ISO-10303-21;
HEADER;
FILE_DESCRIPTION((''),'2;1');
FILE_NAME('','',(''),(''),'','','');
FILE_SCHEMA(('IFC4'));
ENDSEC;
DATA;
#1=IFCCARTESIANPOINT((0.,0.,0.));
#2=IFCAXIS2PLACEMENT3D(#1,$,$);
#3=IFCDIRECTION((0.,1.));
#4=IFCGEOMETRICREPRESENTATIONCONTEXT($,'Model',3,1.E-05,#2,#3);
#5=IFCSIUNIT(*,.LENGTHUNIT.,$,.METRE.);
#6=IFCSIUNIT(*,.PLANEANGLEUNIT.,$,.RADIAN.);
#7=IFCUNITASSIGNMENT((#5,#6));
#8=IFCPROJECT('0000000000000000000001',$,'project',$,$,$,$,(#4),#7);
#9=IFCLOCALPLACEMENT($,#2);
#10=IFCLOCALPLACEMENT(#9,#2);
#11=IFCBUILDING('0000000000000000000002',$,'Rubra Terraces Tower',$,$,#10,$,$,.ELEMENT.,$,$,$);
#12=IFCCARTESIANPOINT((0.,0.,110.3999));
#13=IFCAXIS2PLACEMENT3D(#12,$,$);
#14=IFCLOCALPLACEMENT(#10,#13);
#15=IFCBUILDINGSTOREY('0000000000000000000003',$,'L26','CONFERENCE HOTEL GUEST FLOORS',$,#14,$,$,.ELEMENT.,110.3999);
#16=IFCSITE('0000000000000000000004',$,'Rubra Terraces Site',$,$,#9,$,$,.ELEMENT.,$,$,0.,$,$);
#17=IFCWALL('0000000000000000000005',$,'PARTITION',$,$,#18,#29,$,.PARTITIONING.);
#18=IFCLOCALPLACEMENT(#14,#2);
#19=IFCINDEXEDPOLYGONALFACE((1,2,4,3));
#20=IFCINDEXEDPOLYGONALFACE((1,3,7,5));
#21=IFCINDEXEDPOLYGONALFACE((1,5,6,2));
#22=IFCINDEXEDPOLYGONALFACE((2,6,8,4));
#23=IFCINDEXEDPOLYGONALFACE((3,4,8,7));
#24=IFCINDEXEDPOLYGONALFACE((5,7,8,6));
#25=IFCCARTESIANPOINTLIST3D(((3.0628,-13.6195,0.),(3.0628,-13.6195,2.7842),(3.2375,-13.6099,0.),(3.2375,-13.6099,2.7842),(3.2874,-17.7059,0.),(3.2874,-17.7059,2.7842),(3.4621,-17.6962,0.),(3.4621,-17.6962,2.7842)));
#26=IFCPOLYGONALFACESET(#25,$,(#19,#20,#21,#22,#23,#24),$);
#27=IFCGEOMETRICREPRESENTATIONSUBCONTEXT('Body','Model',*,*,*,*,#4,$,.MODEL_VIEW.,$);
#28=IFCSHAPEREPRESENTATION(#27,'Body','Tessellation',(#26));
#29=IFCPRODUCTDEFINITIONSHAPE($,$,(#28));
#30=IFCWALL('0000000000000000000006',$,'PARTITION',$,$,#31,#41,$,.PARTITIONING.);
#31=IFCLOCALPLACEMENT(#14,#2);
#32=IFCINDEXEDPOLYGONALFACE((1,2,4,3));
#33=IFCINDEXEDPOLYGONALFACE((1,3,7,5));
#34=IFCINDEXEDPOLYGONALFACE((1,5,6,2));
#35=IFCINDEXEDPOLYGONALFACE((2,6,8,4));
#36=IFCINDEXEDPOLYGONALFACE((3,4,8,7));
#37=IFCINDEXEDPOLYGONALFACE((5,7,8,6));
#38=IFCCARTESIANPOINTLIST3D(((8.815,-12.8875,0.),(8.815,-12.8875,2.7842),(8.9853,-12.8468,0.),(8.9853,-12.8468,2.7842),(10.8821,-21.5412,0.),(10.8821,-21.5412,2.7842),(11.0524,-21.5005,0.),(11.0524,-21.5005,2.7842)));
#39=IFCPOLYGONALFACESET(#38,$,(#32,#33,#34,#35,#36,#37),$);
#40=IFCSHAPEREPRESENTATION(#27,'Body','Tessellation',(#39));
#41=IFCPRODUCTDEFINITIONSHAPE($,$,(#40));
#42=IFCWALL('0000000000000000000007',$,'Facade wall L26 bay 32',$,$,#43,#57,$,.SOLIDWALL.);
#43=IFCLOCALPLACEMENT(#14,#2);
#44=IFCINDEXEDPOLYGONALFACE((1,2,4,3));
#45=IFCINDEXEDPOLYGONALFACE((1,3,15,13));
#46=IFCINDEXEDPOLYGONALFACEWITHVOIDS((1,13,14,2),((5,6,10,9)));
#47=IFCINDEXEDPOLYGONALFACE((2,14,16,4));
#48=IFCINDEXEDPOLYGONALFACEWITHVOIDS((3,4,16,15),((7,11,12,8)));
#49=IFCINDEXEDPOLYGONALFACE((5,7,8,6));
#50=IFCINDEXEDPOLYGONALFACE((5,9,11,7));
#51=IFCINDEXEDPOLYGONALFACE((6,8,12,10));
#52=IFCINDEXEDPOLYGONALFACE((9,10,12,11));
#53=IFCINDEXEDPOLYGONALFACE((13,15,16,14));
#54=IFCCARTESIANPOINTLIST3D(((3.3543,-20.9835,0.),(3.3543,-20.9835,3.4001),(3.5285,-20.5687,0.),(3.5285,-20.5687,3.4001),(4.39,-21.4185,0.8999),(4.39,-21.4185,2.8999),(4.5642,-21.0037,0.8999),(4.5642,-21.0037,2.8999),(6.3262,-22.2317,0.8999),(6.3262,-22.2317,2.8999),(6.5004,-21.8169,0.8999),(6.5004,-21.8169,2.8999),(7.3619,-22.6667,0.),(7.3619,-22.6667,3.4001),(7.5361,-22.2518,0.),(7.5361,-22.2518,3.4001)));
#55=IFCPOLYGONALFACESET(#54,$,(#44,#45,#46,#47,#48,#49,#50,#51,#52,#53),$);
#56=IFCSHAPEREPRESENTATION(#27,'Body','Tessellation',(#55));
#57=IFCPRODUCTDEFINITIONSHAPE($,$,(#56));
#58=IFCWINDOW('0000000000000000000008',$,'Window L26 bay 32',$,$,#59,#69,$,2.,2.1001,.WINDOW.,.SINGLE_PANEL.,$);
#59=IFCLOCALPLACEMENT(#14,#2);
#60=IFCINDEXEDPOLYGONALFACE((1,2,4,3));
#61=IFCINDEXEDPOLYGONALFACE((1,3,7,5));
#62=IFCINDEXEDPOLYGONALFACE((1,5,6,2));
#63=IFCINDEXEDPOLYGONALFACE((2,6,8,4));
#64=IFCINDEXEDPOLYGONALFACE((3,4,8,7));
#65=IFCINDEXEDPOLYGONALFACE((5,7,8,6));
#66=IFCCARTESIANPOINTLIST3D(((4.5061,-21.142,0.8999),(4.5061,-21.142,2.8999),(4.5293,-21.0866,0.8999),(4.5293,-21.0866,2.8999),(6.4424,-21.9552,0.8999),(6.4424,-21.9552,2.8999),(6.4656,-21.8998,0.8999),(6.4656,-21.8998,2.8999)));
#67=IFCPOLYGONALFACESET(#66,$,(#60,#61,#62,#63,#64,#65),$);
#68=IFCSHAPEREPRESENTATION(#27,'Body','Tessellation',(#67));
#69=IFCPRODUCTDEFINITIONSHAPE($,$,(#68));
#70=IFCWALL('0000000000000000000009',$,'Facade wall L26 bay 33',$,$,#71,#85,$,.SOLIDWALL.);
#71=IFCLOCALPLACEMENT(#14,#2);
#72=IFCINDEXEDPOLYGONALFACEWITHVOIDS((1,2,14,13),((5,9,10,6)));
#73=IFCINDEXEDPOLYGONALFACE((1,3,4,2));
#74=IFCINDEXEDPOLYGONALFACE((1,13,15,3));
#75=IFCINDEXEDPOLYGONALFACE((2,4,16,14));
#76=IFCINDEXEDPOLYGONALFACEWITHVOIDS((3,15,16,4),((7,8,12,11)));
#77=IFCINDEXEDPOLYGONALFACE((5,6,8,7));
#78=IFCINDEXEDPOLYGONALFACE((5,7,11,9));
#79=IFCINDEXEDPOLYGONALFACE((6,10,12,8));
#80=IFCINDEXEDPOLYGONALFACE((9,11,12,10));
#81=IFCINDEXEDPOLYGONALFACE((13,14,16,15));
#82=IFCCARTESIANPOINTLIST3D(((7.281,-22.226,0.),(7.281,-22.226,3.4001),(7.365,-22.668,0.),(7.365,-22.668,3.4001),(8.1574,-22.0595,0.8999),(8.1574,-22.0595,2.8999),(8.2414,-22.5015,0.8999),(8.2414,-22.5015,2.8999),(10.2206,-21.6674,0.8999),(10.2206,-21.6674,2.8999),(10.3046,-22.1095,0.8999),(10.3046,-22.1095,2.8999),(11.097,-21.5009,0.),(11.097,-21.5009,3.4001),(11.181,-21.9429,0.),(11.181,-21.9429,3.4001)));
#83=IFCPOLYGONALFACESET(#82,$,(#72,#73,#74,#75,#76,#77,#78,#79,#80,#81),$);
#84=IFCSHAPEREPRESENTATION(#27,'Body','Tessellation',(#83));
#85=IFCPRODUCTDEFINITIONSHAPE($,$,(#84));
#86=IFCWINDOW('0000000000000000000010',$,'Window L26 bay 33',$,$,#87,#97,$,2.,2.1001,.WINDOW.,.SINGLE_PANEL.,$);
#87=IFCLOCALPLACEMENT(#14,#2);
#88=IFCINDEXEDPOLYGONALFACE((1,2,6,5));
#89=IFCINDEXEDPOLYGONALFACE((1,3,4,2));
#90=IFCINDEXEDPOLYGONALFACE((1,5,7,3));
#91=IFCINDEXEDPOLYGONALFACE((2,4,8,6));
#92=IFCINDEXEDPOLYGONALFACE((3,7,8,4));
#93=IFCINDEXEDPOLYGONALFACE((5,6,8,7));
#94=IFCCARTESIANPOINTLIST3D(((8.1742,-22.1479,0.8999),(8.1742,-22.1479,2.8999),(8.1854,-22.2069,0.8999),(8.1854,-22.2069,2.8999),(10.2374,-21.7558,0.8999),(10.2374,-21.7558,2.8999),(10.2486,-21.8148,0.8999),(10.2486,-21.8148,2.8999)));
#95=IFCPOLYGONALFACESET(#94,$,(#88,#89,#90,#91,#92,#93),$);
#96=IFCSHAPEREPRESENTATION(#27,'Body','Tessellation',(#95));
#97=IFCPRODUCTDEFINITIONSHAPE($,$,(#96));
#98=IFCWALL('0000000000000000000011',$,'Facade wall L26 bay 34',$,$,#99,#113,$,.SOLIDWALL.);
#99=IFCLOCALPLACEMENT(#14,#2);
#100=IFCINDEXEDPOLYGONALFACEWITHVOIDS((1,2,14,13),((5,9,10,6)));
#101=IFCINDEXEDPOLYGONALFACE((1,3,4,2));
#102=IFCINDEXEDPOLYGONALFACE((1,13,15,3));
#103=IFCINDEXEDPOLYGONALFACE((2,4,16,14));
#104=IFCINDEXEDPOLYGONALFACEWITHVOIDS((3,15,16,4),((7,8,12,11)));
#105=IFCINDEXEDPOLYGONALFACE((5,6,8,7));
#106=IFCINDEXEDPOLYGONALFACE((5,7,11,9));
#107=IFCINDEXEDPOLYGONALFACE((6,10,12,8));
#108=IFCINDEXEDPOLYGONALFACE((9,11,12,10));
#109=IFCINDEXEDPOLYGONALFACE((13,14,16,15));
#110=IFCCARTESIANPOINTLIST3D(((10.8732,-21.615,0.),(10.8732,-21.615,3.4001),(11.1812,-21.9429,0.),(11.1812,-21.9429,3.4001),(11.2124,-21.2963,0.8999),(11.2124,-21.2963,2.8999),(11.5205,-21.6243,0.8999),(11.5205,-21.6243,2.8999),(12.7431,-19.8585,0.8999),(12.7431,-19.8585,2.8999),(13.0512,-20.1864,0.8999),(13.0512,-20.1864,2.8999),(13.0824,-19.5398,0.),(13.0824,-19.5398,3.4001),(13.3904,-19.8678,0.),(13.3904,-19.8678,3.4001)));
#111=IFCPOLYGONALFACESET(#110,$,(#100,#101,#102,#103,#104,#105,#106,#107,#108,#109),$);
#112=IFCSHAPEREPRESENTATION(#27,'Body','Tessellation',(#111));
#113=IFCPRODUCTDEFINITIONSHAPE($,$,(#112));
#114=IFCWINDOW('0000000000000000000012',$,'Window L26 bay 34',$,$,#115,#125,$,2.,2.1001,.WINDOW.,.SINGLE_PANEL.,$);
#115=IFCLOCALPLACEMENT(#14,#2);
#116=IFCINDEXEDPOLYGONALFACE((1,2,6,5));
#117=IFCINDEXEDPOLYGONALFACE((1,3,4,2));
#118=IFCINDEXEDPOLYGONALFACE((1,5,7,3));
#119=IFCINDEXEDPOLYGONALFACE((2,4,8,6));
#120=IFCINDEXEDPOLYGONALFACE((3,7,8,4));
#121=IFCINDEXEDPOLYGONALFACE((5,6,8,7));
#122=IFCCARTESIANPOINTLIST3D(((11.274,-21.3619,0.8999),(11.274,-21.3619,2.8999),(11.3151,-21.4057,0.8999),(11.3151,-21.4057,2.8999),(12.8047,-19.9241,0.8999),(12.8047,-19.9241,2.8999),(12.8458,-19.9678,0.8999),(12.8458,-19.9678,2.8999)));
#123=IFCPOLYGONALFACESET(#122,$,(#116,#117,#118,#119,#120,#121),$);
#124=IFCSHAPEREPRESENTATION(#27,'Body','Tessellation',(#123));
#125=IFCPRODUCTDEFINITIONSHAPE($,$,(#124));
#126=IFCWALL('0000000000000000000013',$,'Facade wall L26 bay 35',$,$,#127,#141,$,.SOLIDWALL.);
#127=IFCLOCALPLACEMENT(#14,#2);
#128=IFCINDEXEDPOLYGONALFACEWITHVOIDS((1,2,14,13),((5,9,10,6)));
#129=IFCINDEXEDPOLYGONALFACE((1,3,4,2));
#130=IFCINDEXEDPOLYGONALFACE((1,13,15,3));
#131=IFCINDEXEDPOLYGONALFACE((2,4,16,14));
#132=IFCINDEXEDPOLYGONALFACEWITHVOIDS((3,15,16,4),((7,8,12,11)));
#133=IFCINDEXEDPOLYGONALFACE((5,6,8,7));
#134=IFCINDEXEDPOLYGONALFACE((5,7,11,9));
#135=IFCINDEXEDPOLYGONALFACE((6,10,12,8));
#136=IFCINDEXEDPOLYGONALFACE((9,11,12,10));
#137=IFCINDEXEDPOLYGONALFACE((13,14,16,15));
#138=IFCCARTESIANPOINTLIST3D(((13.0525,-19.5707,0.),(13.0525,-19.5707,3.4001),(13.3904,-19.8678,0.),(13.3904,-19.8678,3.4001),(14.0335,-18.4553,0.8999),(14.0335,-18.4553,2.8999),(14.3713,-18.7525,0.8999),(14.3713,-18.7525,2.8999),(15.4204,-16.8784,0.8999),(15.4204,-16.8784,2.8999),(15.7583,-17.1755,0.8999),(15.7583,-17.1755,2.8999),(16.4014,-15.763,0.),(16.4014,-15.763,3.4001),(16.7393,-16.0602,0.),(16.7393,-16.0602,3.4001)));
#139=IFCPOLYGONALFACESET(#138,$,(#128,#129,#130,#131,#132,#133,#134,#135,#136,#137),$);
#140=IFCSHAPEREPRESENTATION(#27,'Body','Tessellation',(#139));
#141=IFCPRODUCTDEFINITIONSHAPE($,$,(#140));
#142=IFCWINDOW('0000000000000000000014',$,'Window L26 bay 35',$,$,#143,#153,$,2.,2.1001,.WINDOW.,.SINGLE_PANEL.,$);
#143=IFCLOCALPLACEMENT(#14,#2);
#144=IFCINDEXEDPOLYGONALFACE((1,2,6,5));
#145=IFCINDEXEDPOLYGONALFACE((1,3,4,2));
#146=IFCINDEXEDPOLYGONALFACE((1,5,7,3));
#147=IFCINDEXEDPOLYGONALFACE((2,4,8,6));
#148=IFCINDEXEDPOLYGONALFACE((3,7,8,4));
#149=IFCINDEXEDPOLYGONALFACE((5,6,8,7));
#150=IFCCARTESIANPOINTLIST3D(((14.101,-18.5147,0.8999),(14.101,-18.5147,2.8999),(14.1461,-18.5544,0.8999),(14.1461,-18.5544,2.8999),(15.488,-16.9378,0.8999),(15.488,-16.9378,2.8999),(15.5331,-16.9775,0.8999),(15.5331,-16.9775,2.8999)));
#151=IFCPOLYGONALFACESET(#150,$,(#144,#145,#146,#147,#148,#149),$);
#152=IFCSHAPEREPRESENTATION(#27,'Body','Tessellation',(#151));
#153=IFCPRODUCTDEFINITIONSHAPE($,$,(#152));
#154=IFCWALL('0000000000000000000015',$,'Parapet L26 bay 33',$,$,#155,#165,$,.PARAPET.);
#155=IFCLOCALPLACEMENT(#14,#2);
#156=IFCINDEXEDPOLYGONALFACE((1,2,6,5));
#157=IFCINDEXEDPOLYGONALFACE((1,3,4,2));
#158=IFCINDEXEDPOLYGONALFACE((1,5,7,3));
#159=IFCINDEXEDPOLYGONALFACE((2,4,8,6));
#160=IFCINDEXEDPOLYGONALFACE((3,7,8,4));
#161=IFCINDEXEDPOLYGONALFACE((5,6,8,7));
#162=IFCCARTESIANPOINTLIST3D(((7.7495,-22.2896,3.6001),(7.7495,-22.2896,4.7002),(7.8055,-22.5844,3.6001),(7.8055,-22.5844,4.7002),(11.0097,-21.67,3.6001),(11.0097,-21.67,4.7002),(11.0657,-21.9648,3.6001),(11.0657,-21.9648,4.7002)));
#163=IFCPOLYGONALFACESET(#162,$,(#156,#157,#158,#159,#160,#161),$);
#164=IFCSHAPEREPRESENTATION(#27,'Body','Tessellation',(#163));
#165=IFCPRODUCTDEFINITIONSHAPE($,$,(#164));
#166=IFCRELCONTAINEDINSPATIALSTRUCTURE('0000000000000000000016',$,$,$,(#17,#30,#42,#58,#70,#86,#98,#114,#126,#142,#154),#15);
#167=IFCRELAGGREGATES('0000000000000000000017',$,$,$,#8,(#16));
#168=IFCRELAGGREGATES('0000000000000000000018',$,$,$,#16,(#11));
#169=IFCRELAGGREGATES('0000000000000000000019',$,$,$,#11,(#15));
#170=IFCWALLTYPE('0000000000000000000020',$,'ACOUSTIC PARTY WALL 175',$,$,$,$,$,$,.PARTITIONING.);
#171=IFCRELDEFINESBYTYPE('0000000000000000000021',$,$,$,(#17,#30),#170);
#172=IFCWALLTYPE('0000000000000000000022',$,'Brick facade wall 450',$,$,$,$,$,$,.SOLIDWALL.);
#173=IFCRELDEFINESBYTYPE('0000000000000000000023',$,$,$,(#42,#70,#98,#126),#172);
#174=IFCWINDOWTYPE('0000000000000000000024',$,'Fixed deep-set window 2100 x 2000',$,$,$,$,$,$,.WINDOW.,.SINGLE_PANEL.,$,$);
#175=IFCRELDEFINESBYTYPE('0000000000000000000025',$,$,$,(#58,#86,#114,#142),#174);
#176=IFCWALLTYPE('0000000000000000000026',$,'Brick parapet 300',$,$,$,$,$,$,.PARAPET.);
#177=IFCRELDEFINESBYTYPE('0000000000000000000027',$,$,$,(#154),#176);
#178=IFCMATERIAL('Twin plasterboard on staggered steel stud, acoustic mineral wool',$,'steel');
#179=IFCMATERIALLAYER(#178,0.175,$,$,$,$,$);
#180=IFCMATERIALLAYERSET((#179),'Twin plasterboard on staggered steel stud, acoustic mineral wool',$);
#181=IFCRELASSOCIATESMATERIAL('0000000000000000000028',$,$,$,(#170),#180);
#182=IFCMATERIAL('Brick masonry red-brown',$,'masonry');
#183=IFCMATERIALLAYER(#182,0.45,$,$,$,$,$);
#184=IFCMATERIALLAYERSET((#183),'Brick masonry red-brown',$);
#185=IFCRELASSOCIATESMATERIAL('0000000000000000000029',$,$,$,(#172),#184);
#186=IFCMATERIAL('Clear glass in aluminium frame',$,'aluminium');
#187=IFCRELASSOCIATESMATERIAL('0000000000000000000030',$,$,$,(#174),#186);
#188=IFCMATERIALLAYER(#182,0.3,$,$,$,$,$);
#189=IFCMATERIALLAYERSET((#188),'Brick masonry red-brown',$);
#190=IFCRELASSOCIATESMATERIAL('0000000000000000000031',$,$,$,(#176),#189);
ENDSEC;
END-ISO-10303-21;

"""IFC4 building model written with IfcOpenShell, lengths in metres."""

from ifc_helpers import new_model, si_unit, direction, frame, frame_2d, origin, place, context, subcontext, project, spatial, rectangle, extrude, material, layer, layer_set, type_object, element, fill, save


model = new_model("IFC4")

# Units and contexts
model_context = context("Model", 3, precision=1e-05, world=origin(), true_north=direction((0.0, 1.0)))
body_context = subcontext(model_context, "Body", "Model", "MODEL_VIEW")
ifc_project = project(units=[si_unit("LENGTHUNIT", "METRE"), si_unit("PLANEANGLEUNIT", "RADIAN")], contexts=[model_context])

# Site, building, storey
site_placement = place(None, origin())
site = spatial("IfcSite", under=ifc_project, at=site_placement, Name="Rubra Terraces Site", CompositionType="ELEMENT", RefElevation=0.0)
building_placement = place(site_placement, origin())
building = spatial("IfcBuilding", under=site, at=building_placement, Name="Rubra Terraces Tower", CompositionType="ELEMENT")
storey_placement = place(building_placement, frame((0.0, 0.0, 110.3999)))
storey = spatial("IfcBuildingStorey", under=building, at=storey_placement, Name="L26", Description="CONFERENCE HOTEL GUEST FLOORS", CompositionType="ELEMENT", Elevation=110.3999)

# Walls
ifc_material_1 = material(Name="Twin plasterboard on staggered steel stud, acoustic mineral wool", Category="steel")
ifc_layer_1 = layer(ifc_material_1, 0.175)
ifc_layer_set_1 = layer_set([ifc_layer_1], Name="Twin plasterboard on staggered steel stud, acoustic mineral wool")
wall_type_1 = type_object("IfcWallType", Name="ACOUSTIC PARTY WALL 175", PredefinedType="PARTITIONING", material=ifc_layer_set_1)
wall_1_placement = place(storey_placement, frame((3.3748, -17.7012, 0.0), z_axis=(0.0, 0.0, 1.0), x_axis=(-0.054882, 0.998493, 0.0)))
element("IfcWall", 1, at=wall_1_placement, inside=storey, type_object=wall_type_1, Name="PARTITION", PredefinedType="PARTITIONING", context=body_context, shape_type="SweptSolid", body=[
    extrude(rectangle(XDim=4.0925, YDim=0.175, at=frame_2d((2.0464, 0.0))), origin(), (0.0, 0.0, 1.0), 2.7842),
])
wall_2_placement = place(storey_placement, frame((10.9673, -21.521, 0.0), z_axis=(0.0, 0.0, 1.0), x_axis=(-0.232334, 0.972636, 0.0)))
element("IfcWall", 2, at=wall_2_placement, inside=storey, type_object=wall_type_1, Name="PARTITION", PredefinedType="PARTITIONING", context=body_context, shape_type="SweptSolid", body=[
    extrude(rectangle(XDim=8.8972, YDim=0.175, at=frame_2d((4.4487, 0.0))), origin(), (0.0, 0.0, 1.0), 2.7842),
])

# Walls, openings, windows
ifc_material_2 = material(Name="Brick masonry red-brown", Category="masonry")
ifc_layer_2 = layer(ifc_material_2, 0.45)
ifc_layer_set_2 = layer_set([ifc_layer_2], Name="Brick masonry red-brown")
wall_type_2 = type_object("IfcWallType", Name="Brick facade wall 450", PredefinedType="SOLIDWALL", material=ifc_layer_set_2)
wall_3_placement = place(storey_placement, frame((3.4414, -20.7761, 0.0), z_axis=(0.0, 0.0, 1.0), x_axis=(0.921988, -0.387218, 0.0)))
wall_3 = element("IfcWall", 3, at=wall_3_placement, inside=storey, type_object=wall_type_2, Name="Facade wall L26 bay 32", PredefinedType="SOLIDWALL", context=body_context, shape_type="SweptSolid", body=[
    extrude(rectangle(XDim=4.3467, YDim=0.45, at=frame_2d((2.1733, 0.0))), origin(), (0.0, 0.0, 1.0), 3.4001),
])
opening_1_placement = place(wall_3_placement, frame((1.1233, 0.0, 0.8999)))
opening_1 = element("IfcOpeningElement", 4, at=opening_1_placement, cuts=wall_3, PredefinedType="OPENING", context=body_context, shape_type="SweptSolid", body=[
    extrude(rectangle(XDim=2.1001, YDim=2.0, at=frame_2d((1.05, 1.0))), frame((0.0, 0.2349, 0.0), z_axis=(0.0, -1.0, 0.0), x_axis=(1.0, 0.0, 0.0)), (0.0, 0.0, 1.0), 0.47),
])
ifc_material_3 = material(Name="Clear glass in aluminium frame", Category="aluminium")
window_type = type_object("IfcWindowType", Name="Fixed deep-set window 2100 x 2000", PartitioningType="SINGLE_PANEL", PredefinedType="WINDOW", material=ifc_material_3)
window_1_placement = place(opening_1_placement, origin())
window_1 = element("IfcWindow", 5, at=window_1_placement, inside=storey, type_object=window_type, Name="Window L26 bay 32", OverallHeight=2.0, OverallWidth=2.1001, PartitioningType="SINGLE_PANEL", PredefinedType="WINDOW", context=body_context, shape_type="SweptSolid", body=[
    extrude(rectangle(XDim=2.1001, YDim=2.0, at=frame_2d((1.05, 1.0))), frame((0.0, 0.135, 0.0), z_axis=(0.0, -1.0, 0.0), x_axis=(1.0, 0.0, 0.0)), (0.0, 0.0, 1.0), 0.0601),
])
fill(opening_1, window_1)
wall_4_placement = place(storey_placement, frame((7.323, -22.447, 0.0), z_axis=(0.0, 0.0, 1.0), x_axis=(0.982421, 0.186679, 0.0)))
wall_4 = element("IfcWall", 6, at=wall_4_placement, inside=storey, type_object=wall_type_2, Name="Facade wall L26 bay 33", PredefinedType="SOLIDWALL", context=body_context, shape_type="SweptSolid", body=[
    extrude(rectangle(XDim=3.8843, YDim=0.45, at=frame_2d((1.9421, 0.0))), origin(), (0.0, 0.0, 1.0), 3.4001),
])
opening_2_placement = place(wall_4_placement, frame((0.8921, 0.0, 0.8999)))
opening_2 = element("IfcOpeningElement", 7, at=opening_2_placement, cuts=wall_4, PredefinedType="OPENING", context=body_context, shape_type="SweptSolid", body=[
    extrude(rectangle(XDim=2.1001, YDim=2.0, at=frame_2d((1.05, 1.0))), frame((0.0, 0.2349, 0.0), z_axis=(0.0, -1.0, 0.0), x_axis=(1.0, 0.0, 0.0)), (0.0, 0.0, 1.0), 0.47),
])
window_2_placement = place(opening_2_placement, origin())
window_2 = element("IfcWindow", 8, at=window_2_placement, inside=storey, type_object=window_type, Name="Window L26 bay 33", OverallHeight=2.0, OverallWidth=2.1001, PartitioningType="SINGLE_PANEL", PredefinedType="WINDOW", context=body_context, shape_type="SweptSolid", body=[
    extrude(rectangle(XDim=2.1001, YDim=2.0, at=frame_2d((1.05, 1.0))), frame((0.0, 0.135, 0.0), z_axis=(0.0, -1.0, 0.0), x_axis=(1.0, 0.0, 0.0)), (0.0, 0.0, 1.0), 0.0601),
])
fill(opening_2, window_2)
wall_5_placement = place(storey_placement, frame((11.0271, -21.7791, 0.0), z_axis=(0.0, 0.0, 1.0), x_axis=(0.728871, 0.684651, 0.0)))
wall_5 = element("IfcWall", 9, at=wall_5_placement, inside=storey, type_object=wall_type_2, Name="Facade wall L26 bay 34", PredefinedType="SOLIDWALL", context=body_context, shape_type="SweptSolid", body=[
    extrude(rectangle(XDim=3.031, YDim=0.45, at=frame_2d((1.5156, 0.0))), origin(), (0.0, 0.0, 1.0), 3.4001),
])
opening_3_placement = place(wall_5_placement, frame((0.4656, 0.0, 0.8999)))
opening_3 = element("IfcOpeningElement", 10, at=opening_3_placement, cuts=wall_5, PredefinedType="OPENING", context=body_context, shape_type="SweptSolid", body=[
    extrude(rectangle(XDim=2.1001, YDim=2.0, at=frame_2d((1.05, 1.0))), frame((0.0, 0.2349, 0.0), z_axis=(0.0, -1.0, 0.0), x_axis=(1.0, 0.0, 0.0)), (0.0, 0.0, 1.0), 0.47),
])
window_3_placement = place(opening_3_placement, origin())
window_3 = element("IfcWindow", 11, at=window_3_placement, inside=storey, type_object=window_type, Name="Window L26 bay 34", OverallHeight=2.0, OverallWidth=2.1001, PartitioningType="SINGLE_PANEL", PredefinedType="WINDOW", context=body_context, shape_type="SweptSolid", body=[
    extrude(rectangle(XDim=2.1001, YDim=2.0, at=frame_2d((1.05, 1.0))), frame((0.0, 0.135, 0.0), z_axis=(0.0, -1.0, 0.0), x_axis=(1.0, 0.0, 0.0)), (0.0, 0.0, 1.0), 0.0601),
])
fill(opening_3, window_3)
wall_6_placement = place(storey_placement, frame((13.2214, -19.7192, 0.0), z_axis=(0.0, 0.0, 1.0), x_axis=(0.660425, 0.750892, 0.0)))
wall_6 = element("IfcWall", 12, at=wall_6_placement, inside=storey, type_object=wall_type_2, Name="Facade wall L26 bay 35", PredefinedType="SOLIDWALL", context=body_context, shape_type="SweptSolid", body=[
    extrude(rectangle(XDim=5.0708, YDim=0.45, at=frame_2d((2.5354, 0.0))), origin(), (0.0, 0.0, 1.0), 3.4001),
])
opening_4_placement = place(wall_6_placement, frame((1.4854, 0.0, 0.8999)))
opening_4 = element("IfcOpeningElement", 13, at=opening_4_placement, cuts=wall_6, PredefinedType="OPENING", context=body_context, shape_type="SweptSolid", body=[
    extrude(rectangle(XDim=2.1001, YDim=2.0, at=frame_2d((1.05, 1.0))), frame((0.0, 0.2349, 0.0), z_axis=(0.0, -1.0, 0.0), x_axis=(1.0, 0.0, 0.0)), (0.0, 0.0, 1.0), 0.47),
])
window_4_placement = place(opening_4_placement, origin())
window_4 = element("IfcWindow", 14, at=window_4_placement, inside=storey, type_object=window_type, Name="Window L26 bay 35", OverallHeight=2.0, OverallWidth=2.1001, PartitioningType="SINGLE_PANEL", PredefinedType="WINDOW", context=body_context, shape_type="SweptSolid", body=[
    extrude(rectangle(XDim=2.1001, YDim=2.0, at=frame_2d((1.05, 1.0))), frame((0.0, 0.135, 0.0), z_axis=(0.0, -1.0, 0.0), x_axis=(1.0, 0.0, 0.0)), (0.0, 0.0, 1.0), 0.0601),
])
fill(opening_4, window_4)

# Wall
ifc_layer_3 = layer(ifc_material_2, 0.3)
ifc_layer_set_3 = layer_set([ifc_layer_3], Name="Brick masonry red-brown")
wall_type_3 = type_object("IfcWallType", Name="Brick parapet 300", PredefinedType="PARAPET", material=ifc_layer_set_3)
wall_7_placement = place(storey_placement, frame((7.7776, -22.437, 3.6001), z_axis=(0.0, 0.0, 1.0), x_axis=(0.982414, 0.186713, 0.0)))
element("IfcWall", 15, at=wall_7_placement, inside=storey, type_object=wall_type_3, Name="Parapet L26 bay 33", PredefinedType="PARAPET", context=body_context, shape_type="SweptSolid", body=[
    extrude(rectangle(XDim=3.3186, YDim=0.3, at=frame_2d((1.6592, 0.0))), origin(), (0.0, 0.0, 1.0), 1.1001),
])

save(model, "model.ifc")
